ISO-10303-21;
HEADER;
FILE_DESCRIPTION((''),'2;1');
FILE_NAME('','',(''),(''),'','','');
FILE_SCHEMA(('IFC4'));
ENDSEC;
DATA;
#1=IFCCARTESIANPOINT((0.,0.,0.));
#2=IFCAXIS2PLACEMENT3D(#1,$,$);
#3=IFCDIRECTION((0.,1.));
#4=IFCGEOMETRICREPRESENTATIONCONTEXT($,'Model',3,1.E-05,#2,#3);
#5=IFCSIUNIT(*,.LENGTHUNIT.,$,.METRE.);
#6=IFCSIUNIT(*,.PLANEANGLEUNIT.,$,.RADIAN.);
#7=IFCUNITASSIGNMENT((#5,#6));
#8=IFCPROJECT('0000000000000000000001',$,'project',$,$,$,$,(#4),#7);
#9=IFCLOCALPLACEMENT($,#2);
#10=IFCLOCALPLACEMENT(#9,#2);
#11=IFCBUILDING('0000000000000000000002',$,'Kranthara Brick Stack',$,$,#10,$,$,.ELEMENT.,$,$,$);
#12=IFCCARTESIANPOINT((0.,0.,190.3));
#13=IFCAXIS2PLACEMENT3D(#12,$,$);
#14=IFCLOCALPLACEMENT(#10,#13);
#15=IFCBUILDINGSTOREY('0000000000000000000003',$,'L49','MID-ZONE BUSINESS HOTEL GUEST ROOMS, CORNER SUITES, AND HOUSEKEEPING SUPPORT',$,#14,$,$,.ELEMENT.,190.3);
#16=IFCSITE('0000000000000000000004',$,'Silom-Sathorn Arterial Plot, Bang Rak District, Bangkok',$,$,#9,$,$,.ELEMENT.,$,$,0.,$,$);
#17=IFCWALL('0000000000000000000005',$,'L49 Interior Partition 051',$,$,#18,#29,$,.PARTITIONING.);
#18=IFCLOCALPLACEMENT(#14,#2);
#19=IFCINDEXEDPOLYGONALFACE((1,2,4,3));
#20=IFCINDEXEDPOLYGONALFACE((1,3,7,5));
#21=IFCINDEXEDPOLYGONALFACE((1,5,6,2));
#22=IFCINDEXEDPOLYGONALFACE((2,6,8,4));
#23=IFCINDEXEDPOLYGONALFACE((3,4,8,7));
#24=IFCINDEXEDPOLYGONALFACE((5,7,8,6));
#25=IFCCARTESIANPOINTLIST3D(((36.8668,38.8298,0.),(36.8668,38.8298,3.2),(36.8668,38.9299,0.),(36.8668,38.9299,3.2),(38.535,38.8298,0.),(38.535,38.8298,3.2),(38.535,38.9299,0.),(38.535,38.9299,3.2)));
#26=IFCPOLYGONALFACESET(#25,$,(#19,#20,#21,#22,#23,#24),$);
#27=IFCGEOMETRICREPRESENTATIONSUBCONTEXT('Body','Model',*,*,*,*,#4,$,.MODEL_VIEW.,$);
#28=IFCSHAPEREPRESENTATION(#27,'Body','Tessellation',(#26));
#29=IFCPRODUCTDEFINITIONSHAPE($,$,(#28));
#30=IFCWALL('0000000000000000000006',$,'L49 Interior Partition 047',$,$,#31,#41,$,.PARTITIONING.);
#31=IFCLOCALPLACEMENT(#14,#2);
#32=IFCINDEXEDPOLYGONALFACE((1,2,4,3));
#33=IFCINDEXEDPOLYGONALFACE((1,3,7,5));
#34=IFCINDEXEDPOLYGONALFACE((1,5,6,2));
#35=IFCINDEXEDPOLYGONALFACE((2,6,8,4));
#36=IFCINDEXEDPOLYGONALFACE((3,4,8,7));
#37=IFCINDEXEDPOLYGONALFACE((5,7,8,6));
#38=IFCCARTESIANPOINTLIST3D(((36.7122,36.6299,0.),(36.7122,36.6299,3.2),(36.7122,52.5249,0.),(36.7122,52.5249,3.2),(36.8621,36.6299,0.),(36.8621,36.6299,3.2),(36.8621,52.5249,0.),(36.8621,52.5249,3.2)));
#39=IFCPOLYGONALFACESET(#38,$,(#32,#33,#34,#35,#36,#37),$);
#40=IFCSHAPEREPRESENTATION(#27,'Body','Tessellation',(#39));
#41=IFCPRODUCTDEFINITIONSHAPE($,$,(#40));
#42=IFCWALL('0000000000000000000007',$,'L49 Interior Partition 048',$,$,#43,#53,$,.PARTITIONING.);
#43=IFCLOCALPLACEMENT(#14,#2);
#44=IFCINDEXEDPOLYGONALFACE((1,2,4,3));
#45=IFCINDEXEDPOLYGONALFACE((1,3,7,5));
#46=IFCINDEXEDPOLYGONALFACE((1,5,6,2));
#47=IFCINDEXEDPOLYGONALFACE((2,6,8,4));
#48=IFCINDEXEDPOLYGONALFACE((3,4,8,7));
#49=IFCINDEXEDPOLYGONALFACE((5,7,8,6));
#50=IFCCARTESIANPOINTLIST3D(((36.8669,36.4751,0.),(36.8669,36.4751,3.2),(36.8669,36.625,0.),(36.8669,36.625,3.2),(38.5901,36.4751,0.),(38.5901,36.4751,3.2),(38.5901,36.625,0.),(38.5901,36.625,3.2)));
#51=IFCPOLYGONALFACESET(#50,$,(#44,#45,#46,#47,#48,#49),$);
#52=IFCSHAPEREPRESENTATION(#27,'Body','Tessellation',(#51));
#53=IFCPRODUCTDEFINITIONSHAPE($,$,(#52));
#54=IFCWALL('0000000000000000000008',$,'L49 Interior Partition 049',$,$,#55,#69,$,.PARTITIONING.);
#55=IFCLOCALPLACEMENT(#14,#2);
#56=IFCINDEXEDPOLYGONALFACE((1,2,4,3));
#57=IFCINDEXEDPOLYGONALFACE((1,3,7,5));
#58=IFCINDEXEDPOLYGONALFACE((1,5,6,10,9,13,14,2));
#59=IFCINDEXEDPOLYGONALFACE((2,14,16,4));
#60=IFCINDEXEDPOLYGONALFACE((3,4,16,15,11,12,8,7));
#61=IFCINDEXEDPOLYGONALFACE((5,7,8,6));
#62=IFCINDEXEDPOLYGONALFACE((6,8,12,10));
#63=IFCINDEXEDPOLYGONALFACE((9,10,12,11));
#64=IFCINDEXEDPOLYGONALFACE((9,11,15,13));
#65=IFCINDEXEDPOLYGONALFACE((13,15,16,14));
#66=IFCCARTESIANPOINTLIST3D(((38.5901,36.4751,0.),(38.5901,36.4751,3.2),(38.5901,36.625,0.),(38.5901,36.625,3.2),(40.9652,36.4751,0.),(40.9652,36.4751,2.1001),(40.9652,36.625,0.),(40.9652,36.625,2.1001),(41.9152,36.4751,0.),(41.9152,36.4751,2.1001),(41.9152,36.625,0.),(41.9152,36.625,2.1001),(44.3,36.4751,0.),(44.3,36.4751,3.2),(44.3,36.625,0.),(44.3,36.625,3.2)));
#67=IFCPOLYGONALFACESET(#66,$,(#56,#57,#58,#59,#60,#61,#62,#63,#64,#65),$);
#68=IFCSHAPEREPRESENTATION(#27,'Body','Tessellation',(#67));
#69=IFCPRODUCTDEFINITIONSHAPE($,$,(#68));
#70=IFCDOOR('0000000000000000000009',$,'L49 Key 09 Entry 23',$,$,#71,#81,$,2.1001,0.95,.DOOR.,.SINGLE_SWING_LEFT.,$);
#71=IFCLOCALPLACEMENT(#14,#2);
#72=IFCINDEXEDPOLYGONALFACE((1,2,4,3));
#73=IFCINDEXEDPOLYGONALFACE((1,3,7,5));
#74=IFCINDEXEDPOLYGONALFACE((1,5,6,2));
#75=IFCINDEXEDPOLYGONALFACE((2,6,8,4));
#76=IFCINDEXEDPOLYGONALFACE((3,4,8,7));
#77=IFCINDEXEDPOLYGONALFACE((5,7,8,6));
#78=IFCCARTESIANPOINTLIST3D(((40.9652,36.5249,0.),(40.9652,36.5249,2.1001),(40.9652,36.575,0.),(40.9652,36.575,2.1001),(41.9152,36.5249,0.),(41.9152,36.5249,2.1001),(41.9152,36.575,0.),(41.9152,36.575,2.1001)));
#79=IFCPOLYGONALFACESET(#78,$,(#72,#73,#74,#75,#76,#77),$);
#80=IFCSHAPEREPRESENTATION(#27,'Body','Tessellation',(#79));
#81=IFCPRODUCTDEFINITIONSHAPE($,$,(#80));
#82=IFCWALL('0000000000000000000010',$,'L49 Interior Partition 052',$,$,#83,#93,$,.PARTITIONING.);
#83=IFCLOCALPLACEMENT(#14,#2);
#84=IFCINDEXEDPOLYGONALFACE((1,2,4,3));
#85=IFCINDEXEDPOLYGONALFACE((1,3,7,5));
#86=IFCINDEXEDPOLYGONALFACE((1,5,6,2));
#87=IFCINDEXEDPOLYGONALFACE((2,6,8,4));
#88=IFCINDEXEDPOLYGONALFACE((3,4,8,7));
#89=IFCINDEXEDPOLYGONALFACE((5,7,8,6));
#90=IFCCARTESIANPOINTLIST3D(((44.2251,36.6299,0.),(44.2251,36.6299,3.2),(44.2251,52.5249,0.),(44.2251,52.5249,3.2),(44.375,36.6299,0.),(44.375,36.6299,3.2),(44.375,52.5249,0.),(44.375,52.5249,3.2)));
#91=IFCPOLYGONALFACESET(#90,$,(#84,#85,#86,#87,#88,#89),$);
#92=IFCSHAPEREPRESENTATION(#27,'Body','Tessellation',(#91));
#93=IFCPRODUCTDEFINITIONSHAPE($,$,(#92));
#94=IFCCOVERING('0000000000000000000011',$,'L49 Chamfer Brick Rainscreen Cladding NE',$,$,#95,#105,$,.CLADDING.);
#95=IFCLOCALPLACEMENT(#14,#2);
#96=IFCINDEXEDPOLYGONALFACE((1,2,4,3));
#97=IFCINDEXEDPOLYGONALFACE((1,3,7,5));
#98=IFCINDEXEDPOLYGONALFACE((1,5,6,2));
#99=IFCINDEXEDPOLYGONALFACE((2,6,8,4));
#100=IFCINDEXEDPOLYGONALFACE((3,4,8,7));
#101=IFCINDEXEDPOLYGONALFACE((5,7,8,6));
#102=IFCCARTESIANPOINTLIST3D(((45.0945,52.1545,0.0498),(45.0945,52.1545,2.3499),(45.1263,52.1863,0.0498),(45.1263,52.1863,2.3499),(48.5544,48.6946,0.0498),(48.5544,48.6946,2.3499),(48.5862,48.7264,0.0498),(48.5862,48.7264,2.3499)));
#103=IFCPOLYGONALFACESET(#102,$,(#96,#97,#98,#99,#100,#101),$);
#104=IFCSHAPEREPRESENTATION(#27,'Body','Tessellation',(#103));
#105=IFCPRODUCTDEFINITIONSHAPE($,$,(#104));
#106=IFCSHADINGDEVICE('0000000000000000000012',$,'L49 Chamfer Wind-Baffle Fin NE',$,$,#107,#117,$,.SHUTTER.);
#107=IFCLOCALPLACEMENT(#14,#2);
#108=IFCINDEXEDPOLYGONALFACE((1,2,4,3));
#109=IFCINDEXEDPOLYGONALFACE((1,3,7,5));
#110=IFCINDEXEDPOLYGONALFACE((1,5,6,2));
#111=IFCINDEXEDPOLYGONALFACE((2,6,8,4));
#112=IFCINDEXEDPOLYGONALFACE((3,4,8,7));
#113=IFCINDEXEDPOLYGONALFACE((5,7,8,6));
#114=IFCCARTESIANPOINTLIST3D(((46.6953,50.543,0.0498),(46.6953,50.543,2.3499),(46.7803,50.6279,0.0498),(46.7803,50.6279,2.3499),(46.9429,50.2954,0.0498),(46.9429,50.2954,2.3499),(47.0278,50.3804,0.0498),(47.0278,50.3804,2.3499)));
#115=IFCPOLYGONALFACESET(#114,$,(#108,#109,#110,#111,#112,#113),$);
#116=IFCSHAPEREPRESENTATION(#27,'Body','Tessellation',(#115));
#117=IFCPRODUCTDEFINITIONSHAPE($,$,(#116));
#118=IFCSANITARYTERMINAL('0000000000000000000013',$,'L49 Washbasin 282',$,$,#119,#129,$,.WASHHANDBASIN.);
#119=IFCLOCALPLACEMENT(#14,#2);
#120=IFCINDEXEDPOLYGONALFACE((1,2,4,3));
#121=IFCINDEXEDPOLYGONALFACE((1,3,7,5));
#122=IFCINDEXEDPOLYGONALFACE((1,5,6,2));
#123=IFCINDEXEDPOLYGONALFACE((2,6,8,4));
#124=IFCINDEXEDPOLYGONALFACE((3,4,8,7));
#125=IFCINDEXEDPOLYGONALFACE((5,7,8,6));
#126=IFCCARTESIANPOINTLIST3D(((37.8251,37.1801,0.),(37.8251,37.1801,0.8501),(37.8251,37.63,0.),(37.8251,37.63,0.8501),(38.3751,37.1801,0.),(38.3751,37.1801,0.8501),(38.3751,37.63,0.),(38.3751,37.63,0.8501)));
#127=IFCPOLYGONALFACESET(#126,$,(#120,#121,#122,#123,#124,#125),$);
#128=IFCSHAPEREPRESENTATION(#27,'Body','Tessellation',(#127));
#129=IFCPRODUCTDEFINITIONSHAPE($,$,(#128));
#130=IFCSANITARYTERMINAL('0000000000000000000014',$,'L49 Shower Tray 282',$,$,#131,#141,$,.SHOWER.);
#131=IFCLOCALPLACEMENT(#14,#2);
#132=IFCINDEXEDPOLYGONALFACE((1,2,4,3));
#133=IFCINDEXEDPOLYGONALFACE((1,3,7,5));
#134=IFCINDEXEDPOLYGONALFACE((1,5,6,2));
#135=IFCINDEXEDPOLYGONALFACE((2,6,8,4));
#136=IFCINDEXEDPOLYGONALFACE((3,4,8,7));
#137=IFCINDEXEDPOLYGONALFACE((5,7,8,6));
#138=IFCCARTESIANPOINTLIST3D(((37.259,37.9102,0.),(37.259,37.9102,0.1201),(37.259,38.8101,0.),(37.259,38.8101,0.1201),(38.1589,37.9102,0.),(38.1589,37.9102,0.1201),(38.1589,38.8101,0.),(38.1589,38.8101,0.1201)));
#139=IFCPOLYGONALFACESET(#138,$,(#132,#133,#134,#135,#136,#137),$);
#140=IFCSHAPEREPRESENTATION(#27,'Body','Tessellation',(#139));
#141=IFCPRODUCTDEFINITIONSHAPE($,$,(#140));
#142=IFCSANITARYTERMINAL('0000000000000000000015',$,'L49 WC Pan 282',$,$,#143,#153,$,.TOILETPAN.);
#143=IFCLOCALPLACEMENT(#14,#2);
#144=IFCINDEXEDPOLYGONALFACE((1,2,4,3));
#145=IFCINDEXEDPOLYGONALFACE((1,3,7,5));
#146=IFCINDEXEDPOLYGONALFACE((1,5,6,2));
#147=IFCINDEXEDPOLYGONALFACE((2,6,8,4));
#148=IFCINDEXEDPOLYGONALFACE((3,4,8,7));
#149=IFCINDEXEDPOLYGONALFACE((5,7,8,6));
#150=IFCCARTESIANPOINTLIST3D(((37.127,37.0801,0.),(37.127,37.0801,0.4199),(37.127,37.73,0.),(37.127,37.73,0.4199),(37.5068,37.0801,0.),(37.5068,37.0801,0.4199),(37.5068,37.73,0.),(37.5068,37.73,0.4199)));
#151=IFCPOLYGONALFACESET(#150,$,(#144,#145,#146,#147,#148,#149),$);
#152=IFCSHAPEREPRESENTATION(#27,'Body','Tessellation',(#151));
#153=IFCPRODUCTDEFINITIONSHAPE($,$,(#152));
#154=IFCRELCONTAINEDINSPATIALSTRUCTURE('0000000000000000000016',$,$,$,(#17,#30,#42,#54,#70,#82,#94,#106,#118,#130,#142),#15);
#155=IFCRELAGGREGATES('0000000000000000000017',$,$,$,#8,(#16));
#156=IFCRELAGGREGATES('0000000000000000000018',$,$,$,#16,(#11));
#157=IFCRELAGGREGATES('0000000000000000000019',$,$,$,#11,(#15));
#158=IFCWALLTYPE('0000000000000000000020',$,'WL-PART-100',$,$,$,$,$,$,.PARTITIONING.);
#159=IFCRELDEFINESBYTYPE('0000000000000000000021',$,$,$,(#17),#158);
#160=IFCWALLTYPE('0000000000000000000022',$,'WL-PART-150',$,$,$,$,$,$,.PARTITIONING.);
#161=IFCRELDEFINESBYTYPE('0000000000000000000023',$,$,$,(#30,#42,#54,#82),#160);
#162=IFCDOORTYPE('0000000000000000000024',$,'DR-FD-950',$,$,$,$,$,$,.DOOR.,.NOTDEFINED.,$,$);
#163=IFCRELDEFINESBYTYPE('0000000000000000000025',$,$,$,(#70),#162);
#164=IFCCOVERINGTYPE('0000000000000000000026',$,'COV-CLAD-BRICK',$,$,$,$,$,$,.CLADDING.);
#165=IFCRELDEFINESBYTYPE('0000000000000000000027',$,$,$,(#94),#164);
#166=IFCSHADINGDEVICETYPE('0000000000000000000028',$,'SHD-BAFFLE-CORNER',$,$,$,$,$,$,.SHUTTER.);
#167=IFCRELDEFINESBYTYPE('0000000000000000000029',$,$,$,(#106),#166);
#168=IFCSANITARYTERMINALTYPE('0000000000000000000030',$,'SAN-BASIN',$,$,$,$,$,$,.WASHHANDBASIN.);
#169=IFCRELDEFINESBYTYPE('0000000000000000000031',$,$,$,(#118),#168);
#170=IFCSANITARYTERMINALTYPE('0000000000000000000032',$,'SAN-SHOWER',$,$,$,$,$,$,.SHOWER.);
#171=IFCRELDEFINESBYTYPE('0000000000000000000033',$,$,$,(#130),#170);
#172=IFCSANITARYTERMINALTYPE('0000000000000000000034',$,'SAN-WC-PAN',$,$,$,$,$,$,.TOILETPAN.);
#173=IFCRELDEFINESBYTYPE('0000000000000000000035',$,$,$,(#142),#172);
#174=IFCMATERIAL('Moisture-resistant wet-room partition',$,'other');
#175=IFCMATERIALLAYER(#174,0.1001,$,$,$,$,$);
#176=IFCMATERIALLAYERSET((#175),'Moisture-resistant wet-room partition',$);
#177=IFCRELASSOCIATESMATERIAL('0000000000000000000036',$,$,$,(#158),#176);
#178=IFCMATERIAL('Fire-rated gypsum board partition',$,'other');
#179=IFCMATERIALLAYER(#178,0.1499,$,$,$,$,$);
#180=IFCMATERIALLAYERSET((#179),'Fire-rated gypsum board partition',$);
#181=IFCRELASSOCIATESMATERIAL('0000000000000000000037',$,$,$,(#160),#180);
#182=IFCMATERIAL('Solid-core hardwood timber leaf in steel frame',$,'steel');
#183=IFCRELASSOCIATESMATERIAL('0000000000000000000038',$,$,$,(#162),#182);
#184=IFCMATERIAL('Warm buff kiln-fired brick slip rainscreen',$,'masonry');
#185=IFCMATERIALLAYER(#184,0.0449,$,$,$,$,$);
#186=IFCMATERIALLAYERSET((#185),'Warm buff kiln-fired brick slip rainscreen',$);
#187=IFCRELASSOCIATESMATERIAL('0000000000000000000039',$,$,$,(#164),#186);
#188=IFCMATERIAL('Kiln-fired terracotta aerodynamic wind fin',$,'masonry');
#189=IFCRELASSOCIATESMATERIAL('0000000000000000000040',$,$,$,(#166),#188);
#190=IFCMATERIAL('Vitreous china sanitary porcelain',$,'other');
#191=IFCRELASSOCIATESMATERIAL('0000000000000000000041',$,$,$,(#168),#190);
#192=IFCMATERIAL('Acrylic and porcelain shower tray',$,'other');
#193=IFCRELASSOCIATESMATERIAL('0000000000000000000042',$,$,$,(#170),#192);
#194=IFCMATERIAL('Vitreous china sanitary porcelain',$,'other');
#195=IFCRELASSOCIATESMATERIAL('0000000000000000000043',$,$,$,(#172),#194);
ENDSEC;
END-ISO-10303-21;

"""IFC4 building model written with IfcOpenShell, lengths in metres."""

from ifc_helpers import new_model, si_unit, direction, frame, frame_2d, origin, origin_2d, place, context, subcontext, project, spatial, rectangle, extrude, material, layer, layer_set, type_object, element, fill, save


model = new_model("IFC4")

# Units and contexts
model_context = context("Model", 3, precision=1e-05, world=origin(), true_north=direction((0.0, 1.0)))
body_context = subcontext(model_context, "Body", "Model", "MODEL_VIEW")
ifc_project = project(units=[si_unit("LENGTHUNIT", "METRE"), si_unit("PLANEANGLEUNIT", "RADIAN")], contexts=[model_context])

# Site, building, storey
site_placement = place(None, origin())
site = spatial("IfcSite", under=ifc_project, at=site_placement, Name="Silom-Sathorn Arterial Plot, Bang Rak District, Bangkok", CompositionType="ELEMENT", RefElevation=0.0)
building_placement = place(site_placement, origin())
building = spatial("IfcBuilding", under=site, at=building_placement, Name="Kranthara Brick Stack", CompositionType="ELEMENT")
storey_placement = place(building_placement, frame((0.0, 0.0, 190.3)))
storey = spatial("IfcBuildingStorey", under=building, at=storey_placement, Name="L49", Description="MID-ZONE BUSINESS HOTEL GUEST ROOMS, CORNER SUITES, AND HOUSEKEEPING SUPPORT", CompositionType="ELEMENT", Elevation=190.3)

# Shared definitions
ifc_material_1 = material(Name="Moisture-resistant wet-room partition", Category="other")
ifc_layer_1 = layer(ifc_material_1, 0.1001)
ifc_layer_set_1 = layer_set([ifc_layer_1], Name="Moisture-resistant wet-room partition")
wall_type_1 = type_object("IfcWallType", Name="WL-PART-100", PredefinedType="PARTITIONING", material=ifc_layer_set_1)

# Walls
wall_1_placement = place(storey_placement, frame((36.8669, 38.8799, 0.0), z_axis=(0.0, 0.0, 1.0), x_axis=(1.0, 0.0, 0.0)))
element("IfcWall", 1, at=wall_1_placement, inside=storey, type_object=wall_type_1, Name="L49 Interior Partition 051", PredefinedType="PARTITIONING", context=body_context, shape_type="SweptSolid", body=[
    extrude(rectangle(XDim=1.6682, YDim=0.1001, at=frame_2d((0.834, 0.0))), origin(), (0.0, 0.0, 1.0), 3.2),
])
ifc_material_2 = material(Name="Fire-rated gypsum board partition", Category="other")
ifc_layer_2 = layer(ifc_material_2, 0.1499)
ifc_layer_set_2 = layer_set([ifc_layer_2], Name="Fire-rated gypsum board partition")
wall_type_2 = type_object("IfcWallType", Name="WL-PART-150", PredefinedType="PARTITIONING", material=ifc_layer_set_2)
wall_2_placement = place(storey_placement, frame((36.7871, 36.6299, 0.0), z_axis=(0.0, 0.0, 1.0), x_axis=(0.0, 1.0, 0.0)))
element("IfcWall", 2, at=wall_2_placement, inside=storey, type_object=wall_type_2, Name="L49 Interior Partition 047", PredefinedType="PARTITIONING", context=body_context, shape_type="SweptSolid", body=[
    extrude(rectangle(XDim=15.895, YDim=0.1499, at=frame_2d((7.9475, 0.0))), origin(), (0.0, 0.0, 1.0), 3.2),
])
wall_3_placement = place(storey_placement, frame((36.8669, 36.55, 0.0), z_axis=(0.0, 0.0, 1.0), x_axis=(1.0, 0.0, 0.0)))
element("IfcWall", 3, at=wall_3_placement, inside=storey, type_object=wall_type_2, Name="L49 Interior Partition 048", PredefinedType="PARTITIONING", context=body_context, shape_type="SweptSolid", body=[
    extrude(rectangle(XDim=1.7231, YDim=0.1499, at=frame_2d((0.8616, 0.0))), origin(), (0.0, 0.0, 1.0), 3.2),
])

# Wall, opening, door
wall_4_placement = place(storey_placement, frame((38.5901, 36.55, 0.0), z_axis=(0.0, 0.0, 1.0), x_axis=(1.0, 0.0, 0.0)))
wall_4 = element("IfcWall", 4, at=wall_4_placement, inside=storey, type_object=wall_type_2, Name="L49 Interior Partition 049", PredefinedType="PARTITIONING", context=body_context, shape_type="SweptSolid", body=[
    extrude(rectangle(XDim=5.71, YDim=0.1499, at=frame_2d((2.855, 0.0))), origin(), (0.0, 0.0, 1.0), 3.2),
])
opening_1_placement = place(wall_4_placement, frame((2.375, 0.0, 0.0)))
opening_1 = element("IfcOpeningElement", 5, at=opening_1_placement, cuts=wall_4, PredefinedType="OPENING", context=body_context, shape_type="SweptSolid", body=[
    extrude(rectangle(XDim=0.95, YDim=2.1001, at=frame_2d((0.4751, 1.05))), frame((0.0, 0.085, 0.0), z_axis=(0.0, -1.0, 0.0), x_axis=(1.0, 0.0, 0.0)), (0.0, 0.0, 1.0), 0.1699),
])
ifc_material_3 = material(Name="Solid-core hardwood timber leaf in steel frame", Category="steel")
door_type_1 = type_object("IfcDoorType", Name="DR-FD-950", OperationType="NOTDEFINED", PredefinedType="DOOR", material=ifc_material_3)
door_1_placement = place(opening_1_placement, origin())
door_1 = element("IfcDoor", 6, at=door_1_placement, inside=storey, type_object=door_type_1, Name="L49 Key 09 Entry 23", OperationType="SINGLE_SWING_LEFT", OverallHeight=2.1001, OverallWidth=0.95, PredefinedType="DOOR", context=body_context, shape_type="SweptSolid", body=[
    extrude(rectangle(XDim=0.95, YDim=2.1001, at=frame_2d((0.4751, 1.05))), frame((0.0, 0.0249, 0.0), z_axis=(0.0, -1.0, 0.0), x_axis=(1.0, 0.0, 0.0)), (0.0, 0.0, 1.0), 0.05),
])
fill(opening_1, door_1)

# Wall
wall_5_placement = place(storey_placement, frame((44.3, 36.6299, 0.0), z_axis=(0.0, 0.0, 1.0), x_axis=(0.0, 1.0, 0.0)))
element("IfcWall", 7, at=wall_5_placement, inside=storey, type_object=wall_type_2, Name="L49 Interior Partition 052", PredefinedType="PARTITIONING", context=body_context, shape_type="SweptSolid", body=[
    extrude(rectangle(XDim=15.895, YDim=0.1499, at=frame_2d((7.9475, 0.0))), origin(), (0.0, 0.0, 1.0), 3.2),
])

# Covering
ifc_material_4 = material(Name="Warm buff kiln-fired brick slip rainscreen", Category="masonry")
ifc_layer_3 = layer(ifc_material_4, 0.0449)
ifc_layer_set_3 = layer_set([ifc_layer_3], Name="Warm buff kiln-fired brick slip rainscreen")
covering_type = type_object("IfcCoveringType", Name="COV-CLAD-BRICK", PredefinedType="CLADDING", material=ifc_layer_set_3)
covering_placement = place(storey_placement, frame((46.8403, 50.4404, 0.0498), z_axis=(0.0, 0.0, 1.0), x_axis=(0.707107, -0.707107, 0.0)))
element("IfcCovering", 8, at=covering_placement, inside=storey, type_object=covering_type, Name="L49 Chamfer Brick Rainscreen Cladding NE", PredefinedType="CLADDING", context=body_context, shape_type="SweptSolid", body=[
    extrude(rectangle(XDim=4.8931, YDim=0.0449, at=origin_2d()), origin(), (0.0, 0.0, 1.0), 2.3),
])

# Shading device
ifc_material_5 = material(Name="Kiln-fired terracotta aerodynamic wind fin", Category="masonry")
shading_device_type = type_object("IfcShadingDeviceType", Name="SHD-BAFFLE-CORNER", PredefinedType="SHUTTER", material=ifc_material_5)
shading_device_placement = place(storey_placement, frame((46.8616, 50.4617, 0.0498), z_axis=(0.0, 0.0, 1.0), x_axis=(0.707107, -0.707107, 0.0)))
element("IfcShadingDevice", 9, at=shading_device_placement, inside=storey, type_object=shading_device_type, Name="L49 Chamfer Wind-Baffle Fin NE", PredefinedType="SHUTTER", context=body_context, shape_type="SweptSolid", body=[
    extrude(rectangle(XDim=0.3501, YDim=0.1201, at=origin_2d()), origin(), (0.0, 0.0, 1.0), 2.3),
])

# Sanitary terminals
ifc_material_6 = material(Name="Vitreous china sanitary porcelain", Category="other")
sanitary_terminal_type_1 = type_object("IfcSanitaryTerminalType", Name="SAN-BASIN", PredefinedType="WASHHANDBASIN", material=ifc_material_6)
sanitary_terminal_1_placement = place(storey_placement, frame((38.1001, 37.405, 0.0), z_axis=(0.0, 0.0, 1.0), x_axis=(1.0, 0.0, 0.0)))
element("IfcSanitaryTerminal", 10, at=sanitary_terminal_1_placement, inside=storey, type_object=sanitary_terminal_type_1, Name="L49 Washbasin 282", PredefinedType="WASHHANDBASIN", context=body_context, shape_type="SweptSolid", body=[
    extrude(rectangle(XDim=0.55, YDim=0.45, at=origin_2d()), origin(), (0.0, 0.0, 1.0), 0.8501),
])
ifc_material_7 = material(Name="Acrylic and porcelain shower tray", Category="other")
sanitary_terminal_type_2 = type_object("IfcSanitaryTerminalType", Name="SAN-SHOWER", PredefinedType="SHOWER", material=ifc_material_7)
sanitary_terminal_2_placement = place(storey_placement, frame((37.709, 38.3601, 0.0), z_axis=(0.0, 0.0, 1.0), x_axis=(1.0, 0.0, 0.0)))
element("IfcSanitaryTerminal", 11, at=sanitary_terminal_2_placement, inside=storey, type_object=sanitary_terminal_type_2, Name="L49 Shower Tray 282", PredefinedType="SHOWER", context=body_context, shape_type="SweptSolid", body=[
    extrude(rectangle(XDim=0.8999, YDim=0.8999, at=origin_2d()), origin(), (0.0, 0.0, 1.0), 0.1201),
])
ifc_material_8 = material(Name="Vitreous china sanitary porcelain", Category="other")
sanitary_terminal_type_3 = type_object("IfcSanitaryTerminalType", Name="SAN-WC-PAN", PredefinedType="TOILETPAN", material=ifc_material_8)
sanitary_terminal_3_placement = place(storey_placement, frame((37.3169, 37.405, 0.0), z_axis=(0.0, 0.0, 1.0), x_axis=(1.0, 0.0, 0.0)))
element("IfcSanitaryTerminal", 12, at=sanitary_terminal_3_placement, inside=storey, type_object=sanitary_terminal_type_3, Name="L49 WC Pan 282", PredefinedType="TOILETPAN", context=body_context, shape_type="SweptSolid", body=[
    extrude(rectangle(XDim=0.3799, YDim=0.6499, at=origin_2d()), origin(), (0.0, 0.0, 1.0), 0.4199),
])

save(model, "model.ifc")
